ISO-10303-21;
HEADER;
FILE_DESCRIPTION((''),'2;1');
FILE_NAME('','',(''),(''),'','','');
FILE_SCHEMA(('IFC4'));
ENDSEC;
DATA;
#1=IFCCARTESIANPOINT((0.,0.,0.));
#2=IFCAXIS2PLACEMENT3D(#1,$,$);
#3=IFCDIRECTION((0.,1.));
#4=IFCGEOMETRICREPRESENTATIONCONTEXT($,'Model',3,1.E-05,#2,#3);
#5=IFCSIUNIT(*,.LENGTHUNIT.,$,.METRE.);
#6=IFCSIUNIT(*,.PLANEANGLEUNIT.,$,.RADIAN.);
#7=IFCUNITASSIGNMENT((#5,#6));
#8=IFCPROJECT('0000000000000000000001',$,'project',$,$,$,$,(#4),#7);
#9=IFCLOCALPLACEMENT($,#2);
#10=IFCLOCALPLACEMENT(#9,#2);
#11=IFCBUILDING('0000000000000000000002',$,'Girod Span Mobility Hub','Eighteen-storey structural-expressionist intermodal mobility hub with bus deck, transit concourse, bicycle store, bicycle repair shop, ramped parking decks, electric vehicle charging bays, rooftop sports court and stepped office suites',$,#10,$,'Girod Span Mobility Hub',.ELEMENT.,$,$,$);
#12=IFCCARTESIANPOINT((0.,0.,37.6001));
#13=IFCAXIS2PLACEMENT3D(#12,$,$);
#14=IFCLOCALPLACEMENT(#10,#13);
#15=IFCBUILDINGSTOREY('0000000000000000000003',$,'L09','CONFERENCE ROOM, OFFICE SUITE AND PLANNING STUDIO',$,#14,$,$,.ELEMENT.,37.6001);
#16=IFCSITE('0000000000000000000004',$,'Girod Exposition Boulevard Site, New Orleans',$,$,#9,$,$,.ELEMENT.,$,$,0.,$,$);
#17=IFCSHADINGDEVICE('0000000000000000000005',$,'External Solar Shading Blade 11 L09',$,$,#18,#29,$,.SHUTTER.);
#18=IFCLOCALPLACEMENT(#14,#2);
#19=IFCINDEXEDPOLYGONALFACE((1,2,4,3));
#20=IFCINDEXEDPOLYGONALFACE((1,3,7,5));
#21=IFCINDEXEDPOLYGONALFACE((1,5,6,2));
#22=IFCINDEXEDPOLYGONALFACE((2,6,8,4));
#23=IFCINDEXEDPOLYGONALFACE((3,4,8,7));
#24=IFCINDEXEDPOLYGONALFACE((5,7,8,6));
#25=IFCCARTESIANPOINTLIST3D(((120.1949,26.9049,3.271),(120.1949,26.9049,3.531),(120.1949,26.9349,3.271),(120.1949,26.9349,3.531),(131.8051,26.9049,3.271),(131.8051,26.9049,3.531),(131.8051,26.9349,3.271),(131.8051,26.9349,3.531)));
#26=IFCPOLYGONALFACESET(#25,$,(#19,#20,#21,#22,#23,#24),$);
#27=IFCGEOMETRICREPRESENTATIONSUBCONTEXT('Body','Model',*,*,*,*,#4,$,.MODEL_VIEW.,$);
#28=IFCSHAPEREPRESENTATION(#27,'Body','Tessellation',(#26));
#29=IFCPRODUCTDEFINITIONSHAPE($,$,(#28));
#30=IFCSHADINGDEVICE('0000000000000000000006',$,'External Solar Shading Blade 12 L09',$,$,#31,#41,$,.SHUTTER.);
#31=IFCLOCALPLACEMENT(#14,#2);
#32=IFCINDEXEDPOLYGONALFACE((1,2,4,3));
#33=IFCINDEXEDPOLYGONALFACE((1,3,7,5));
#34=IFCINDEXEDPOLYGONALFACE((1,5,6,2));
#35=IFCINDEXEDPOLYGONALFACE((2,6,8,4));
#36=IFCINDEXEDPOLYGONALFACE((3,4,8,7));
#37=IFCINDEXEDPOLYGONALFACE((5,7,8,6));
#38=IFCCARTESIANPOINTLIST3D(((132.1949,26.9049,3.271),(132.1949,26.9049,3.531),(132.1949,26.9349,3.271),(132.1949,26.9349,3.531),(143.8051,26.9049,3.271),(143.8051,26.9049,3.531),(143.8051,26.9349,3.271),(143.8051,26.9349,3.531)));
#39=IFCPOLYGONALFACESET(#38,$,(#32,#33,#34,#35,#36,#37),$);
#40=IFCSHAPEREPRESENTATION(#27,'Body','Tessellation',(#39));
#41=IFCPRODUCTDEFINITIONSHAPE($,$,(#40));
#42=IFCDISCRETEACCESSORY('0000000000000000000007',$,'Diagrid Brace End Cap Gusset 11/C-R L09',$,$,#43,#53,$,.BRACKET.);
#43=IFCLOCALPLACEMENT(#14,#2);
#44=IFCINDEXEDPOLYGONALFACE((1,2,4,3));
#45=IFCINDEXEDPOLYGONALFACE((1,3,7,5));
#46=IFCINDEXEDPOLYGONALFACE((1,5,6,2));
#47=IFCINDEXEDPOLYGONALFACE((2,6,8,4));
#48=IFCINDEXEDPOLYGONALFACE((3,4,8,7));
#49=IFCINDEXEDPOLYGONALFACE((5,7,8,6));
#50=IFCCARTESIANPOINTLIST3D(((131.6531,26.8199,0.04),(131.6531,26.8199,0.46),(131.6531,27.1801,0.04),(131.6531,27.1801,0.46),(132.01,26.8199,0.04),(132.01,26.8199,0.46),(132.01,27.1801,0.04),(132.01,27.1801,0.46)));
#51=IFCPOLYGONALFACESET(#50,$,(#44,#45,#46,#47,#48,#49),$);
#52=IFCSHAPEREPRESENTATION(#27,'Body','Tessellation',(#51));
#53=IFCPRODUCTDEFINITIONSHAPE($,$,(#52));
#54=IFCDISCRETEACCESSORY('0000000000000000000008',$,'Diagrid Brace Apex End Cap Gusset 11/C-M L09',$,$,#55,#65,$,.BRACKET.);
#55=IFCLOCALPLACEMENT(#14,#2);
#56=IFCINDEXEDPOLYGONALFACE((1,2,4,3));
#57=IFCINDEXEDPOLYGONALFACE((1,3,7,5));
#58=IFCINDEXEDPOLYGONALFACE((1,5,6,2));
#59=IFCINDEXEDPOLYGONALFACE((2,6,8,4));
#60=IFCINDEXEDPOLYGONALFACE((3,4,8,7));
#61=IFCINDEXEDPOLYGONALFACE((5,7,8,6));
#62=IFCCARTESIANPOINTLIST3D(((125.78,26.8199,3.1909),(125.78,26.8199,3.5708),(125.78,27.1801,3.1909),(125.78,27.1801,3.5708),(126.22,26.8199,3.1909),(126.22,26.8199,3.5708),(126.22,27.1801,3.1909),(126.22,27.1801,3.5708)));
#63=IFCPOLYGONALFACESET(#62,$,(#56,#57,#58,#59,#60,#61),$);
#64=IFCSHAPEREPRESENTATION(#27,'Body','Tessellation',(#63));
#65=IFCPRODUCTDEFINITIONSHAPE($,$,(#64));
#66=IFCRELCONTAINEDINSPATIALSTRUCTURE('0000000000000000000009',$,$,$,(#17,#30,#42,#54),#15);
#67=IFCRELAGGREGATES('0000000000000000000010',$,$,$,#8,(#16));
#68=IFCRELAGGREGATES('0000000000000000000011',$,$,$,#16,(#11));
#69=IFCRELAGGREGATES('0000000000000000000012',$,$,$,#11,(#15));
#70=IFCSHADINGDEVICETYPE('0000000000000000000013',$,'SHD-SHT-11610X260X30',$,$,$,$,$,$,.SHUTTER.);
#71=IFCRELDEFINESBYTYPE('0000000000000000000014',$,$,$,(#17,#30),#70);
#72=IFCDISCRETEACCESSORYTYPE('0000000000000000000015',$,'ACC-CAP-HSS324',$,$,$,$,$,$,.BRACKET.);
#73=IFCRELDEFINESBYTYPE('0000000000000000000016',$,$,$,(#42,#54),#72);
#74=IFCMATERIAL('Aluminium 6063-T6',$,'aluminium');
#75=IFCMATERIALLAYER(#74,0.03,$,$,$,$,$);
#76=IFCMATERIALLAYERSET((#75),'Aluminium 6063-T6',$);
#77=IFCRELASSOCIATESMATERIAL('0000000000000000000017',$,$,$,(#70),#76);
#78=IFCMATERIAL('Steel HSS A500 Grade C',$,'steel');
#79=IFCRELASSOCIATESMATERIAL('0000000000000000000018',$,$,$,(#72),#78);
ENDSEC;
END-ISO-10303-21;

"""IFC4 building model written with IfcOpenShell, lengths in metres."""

from ifc_helpers import new_model, si_unit, direction, frame, origin, origin_2d, place, context, subcontext, project, spatial, rectangle, extrude, material, layer, layer_set, type_object, element, save


model = new_model("IFC4")

# Units and contexts
model_context = context("Model", 3, precision=1e-05, world=origin(), true_north=direction((0.0, 1.0)))
body_context = subcontext(model_context, "Body", "Model", "MODEL_VIEW")
ifc_project = project(units=[si_unit("LENGTHUNIT", "METRE"), si_unit("PLANEANGLEUNIT", "RADIAN")], contexts=[model_context])

# Site, building, storey
site_placement = place(None, origin())
site = spatial("IfcSite", under=ifc_project, at=site_placement, Name="Girod Exposition Boulevard Site, New Orleans", CompositionType="ELEMENT", RefElevation=0.0)
building_placement = place(site_placement, origin())
building = spatial("IfcBuilding", under=site, at=building_placement, Name="Girod Span Mobility Hub", Description="Eighteen-storey structural-expressionist intermodal mobility hub with bus deck, transit concourse, bicycle store, bicycle repair shop, ramped parking decks, electric vehicle charging bays, rooftop sports court and stepped office suites", LongName="Girod Span Mobility Hub", CompositionType="ELEMENT")
storey_placement = place(building_placement, frame((0.0, 0.0, 37.6001)))
storey = spatial("IfcBuildingStorey", under=building, at=storey_placement, Name="L09", Description="CONFERENCE ROOM, OFFICE SUITE AND PLANNING STUDIO", CompositionType="ELEMENT", Elevation=37.6001)

# Shading devices
ifc_material_1 = material(Name="Aluminium 6063-T6", Category="aluminium")
ifc_layer_1 = layer(ifc_material_1, 0.03)
ifc_layer_set_1 = layer_set([ifc_layer_1], Name="Aluminium 6063-T6")
shading_device_type = type_object("IfcShadingDeviceType", Name="SHD-SHT-11610X260X30", PredefinedType="SHUTTER", material=ifc_layer_set_1)
for number, where, z_axis, x_axis, name in (
    (1, (126.0, 26.9199, 3.271), (0.0, 0.0, 1.0), (1.0, 0.0, 0.0), "External Solar Shading Blade 11 L09"),
    (2, (138.0, 26.9199, 3.271), (0.0, 0.0, 1.0), (1.0, 0.0, 0.0), "External Solar Shading Blade 12 L09"),
):
    element("IfcShadingDevice", number, at=place(storey_placement, frame(where, z_axis=z_axis, x_axis=x_axis)), inside=storey, type_object=shading_device_type, Name=name, PredefinedType="SHUTTER", context=body_context, shape_type="SweptSolid", body=[
        extrude(rectangle(XDim=11.6101, YDim=0.03, at=origin_2d()), origin(), (0.0, 0.0, 1.0), 0.26),
    ])

# Discrete accessories
ifc_material_2 = material(Name="Steel HSS A500 Grade C", Category="steel")
discrete_accessory_type = type_object("IfcDiscreteAccessoryType", Name="ACC-CAP-HSS324", PredefinedType="BRACKET", material=ifc_material_2)
discrete_accessory_1_placement = place(storey_placement, frame((131.8315, 27.0, 0.04), z_axis=(0.0, 0.0, 1.0), x_axis=(1.0, 0.0, 0.0)))
element("IfcDiscreteAccessory", 3, at=discrete_accessory_1_placement, inside=storey, type_object=discrete_accessory_type, Name="Diagrid Brace End Cap Gusset 11/C-R L09", PredefinedType="BRACKET", context=body_context, shape_type="SweptSolid", body=[
    extrude(rectangle(XDim=0.3569, YDim=0.3601, at=origin_2d()), origin(), (0.0, 0.0, 1.0), 0.4199),
])
discrete_accessory_2_placement = place(storey_placement, frame((126.0, 27.0, 3.1909), z_axis=(0.0, 0.0, 1.0), x_axis=(1.0, 0.0, 0.0)))
element("IfcDiscreteAccessory", 4, at=discrete_accessory_2_placement, inside=storey, type_object=discrete_accessory_type, Name="Diagrid Brace Apex End Cap Gusset 11/C-M L09", PredefinedType="BRACKET", context=body_context, shape_type="SweptSolid", body=[
    extrude(rectangle(XDim=0.4399, YDim=0.3601, at=origin_2d()), origin(), (0.0, 0.0, 1.0), 0.3799),
])

save(model, "model.ifc")
